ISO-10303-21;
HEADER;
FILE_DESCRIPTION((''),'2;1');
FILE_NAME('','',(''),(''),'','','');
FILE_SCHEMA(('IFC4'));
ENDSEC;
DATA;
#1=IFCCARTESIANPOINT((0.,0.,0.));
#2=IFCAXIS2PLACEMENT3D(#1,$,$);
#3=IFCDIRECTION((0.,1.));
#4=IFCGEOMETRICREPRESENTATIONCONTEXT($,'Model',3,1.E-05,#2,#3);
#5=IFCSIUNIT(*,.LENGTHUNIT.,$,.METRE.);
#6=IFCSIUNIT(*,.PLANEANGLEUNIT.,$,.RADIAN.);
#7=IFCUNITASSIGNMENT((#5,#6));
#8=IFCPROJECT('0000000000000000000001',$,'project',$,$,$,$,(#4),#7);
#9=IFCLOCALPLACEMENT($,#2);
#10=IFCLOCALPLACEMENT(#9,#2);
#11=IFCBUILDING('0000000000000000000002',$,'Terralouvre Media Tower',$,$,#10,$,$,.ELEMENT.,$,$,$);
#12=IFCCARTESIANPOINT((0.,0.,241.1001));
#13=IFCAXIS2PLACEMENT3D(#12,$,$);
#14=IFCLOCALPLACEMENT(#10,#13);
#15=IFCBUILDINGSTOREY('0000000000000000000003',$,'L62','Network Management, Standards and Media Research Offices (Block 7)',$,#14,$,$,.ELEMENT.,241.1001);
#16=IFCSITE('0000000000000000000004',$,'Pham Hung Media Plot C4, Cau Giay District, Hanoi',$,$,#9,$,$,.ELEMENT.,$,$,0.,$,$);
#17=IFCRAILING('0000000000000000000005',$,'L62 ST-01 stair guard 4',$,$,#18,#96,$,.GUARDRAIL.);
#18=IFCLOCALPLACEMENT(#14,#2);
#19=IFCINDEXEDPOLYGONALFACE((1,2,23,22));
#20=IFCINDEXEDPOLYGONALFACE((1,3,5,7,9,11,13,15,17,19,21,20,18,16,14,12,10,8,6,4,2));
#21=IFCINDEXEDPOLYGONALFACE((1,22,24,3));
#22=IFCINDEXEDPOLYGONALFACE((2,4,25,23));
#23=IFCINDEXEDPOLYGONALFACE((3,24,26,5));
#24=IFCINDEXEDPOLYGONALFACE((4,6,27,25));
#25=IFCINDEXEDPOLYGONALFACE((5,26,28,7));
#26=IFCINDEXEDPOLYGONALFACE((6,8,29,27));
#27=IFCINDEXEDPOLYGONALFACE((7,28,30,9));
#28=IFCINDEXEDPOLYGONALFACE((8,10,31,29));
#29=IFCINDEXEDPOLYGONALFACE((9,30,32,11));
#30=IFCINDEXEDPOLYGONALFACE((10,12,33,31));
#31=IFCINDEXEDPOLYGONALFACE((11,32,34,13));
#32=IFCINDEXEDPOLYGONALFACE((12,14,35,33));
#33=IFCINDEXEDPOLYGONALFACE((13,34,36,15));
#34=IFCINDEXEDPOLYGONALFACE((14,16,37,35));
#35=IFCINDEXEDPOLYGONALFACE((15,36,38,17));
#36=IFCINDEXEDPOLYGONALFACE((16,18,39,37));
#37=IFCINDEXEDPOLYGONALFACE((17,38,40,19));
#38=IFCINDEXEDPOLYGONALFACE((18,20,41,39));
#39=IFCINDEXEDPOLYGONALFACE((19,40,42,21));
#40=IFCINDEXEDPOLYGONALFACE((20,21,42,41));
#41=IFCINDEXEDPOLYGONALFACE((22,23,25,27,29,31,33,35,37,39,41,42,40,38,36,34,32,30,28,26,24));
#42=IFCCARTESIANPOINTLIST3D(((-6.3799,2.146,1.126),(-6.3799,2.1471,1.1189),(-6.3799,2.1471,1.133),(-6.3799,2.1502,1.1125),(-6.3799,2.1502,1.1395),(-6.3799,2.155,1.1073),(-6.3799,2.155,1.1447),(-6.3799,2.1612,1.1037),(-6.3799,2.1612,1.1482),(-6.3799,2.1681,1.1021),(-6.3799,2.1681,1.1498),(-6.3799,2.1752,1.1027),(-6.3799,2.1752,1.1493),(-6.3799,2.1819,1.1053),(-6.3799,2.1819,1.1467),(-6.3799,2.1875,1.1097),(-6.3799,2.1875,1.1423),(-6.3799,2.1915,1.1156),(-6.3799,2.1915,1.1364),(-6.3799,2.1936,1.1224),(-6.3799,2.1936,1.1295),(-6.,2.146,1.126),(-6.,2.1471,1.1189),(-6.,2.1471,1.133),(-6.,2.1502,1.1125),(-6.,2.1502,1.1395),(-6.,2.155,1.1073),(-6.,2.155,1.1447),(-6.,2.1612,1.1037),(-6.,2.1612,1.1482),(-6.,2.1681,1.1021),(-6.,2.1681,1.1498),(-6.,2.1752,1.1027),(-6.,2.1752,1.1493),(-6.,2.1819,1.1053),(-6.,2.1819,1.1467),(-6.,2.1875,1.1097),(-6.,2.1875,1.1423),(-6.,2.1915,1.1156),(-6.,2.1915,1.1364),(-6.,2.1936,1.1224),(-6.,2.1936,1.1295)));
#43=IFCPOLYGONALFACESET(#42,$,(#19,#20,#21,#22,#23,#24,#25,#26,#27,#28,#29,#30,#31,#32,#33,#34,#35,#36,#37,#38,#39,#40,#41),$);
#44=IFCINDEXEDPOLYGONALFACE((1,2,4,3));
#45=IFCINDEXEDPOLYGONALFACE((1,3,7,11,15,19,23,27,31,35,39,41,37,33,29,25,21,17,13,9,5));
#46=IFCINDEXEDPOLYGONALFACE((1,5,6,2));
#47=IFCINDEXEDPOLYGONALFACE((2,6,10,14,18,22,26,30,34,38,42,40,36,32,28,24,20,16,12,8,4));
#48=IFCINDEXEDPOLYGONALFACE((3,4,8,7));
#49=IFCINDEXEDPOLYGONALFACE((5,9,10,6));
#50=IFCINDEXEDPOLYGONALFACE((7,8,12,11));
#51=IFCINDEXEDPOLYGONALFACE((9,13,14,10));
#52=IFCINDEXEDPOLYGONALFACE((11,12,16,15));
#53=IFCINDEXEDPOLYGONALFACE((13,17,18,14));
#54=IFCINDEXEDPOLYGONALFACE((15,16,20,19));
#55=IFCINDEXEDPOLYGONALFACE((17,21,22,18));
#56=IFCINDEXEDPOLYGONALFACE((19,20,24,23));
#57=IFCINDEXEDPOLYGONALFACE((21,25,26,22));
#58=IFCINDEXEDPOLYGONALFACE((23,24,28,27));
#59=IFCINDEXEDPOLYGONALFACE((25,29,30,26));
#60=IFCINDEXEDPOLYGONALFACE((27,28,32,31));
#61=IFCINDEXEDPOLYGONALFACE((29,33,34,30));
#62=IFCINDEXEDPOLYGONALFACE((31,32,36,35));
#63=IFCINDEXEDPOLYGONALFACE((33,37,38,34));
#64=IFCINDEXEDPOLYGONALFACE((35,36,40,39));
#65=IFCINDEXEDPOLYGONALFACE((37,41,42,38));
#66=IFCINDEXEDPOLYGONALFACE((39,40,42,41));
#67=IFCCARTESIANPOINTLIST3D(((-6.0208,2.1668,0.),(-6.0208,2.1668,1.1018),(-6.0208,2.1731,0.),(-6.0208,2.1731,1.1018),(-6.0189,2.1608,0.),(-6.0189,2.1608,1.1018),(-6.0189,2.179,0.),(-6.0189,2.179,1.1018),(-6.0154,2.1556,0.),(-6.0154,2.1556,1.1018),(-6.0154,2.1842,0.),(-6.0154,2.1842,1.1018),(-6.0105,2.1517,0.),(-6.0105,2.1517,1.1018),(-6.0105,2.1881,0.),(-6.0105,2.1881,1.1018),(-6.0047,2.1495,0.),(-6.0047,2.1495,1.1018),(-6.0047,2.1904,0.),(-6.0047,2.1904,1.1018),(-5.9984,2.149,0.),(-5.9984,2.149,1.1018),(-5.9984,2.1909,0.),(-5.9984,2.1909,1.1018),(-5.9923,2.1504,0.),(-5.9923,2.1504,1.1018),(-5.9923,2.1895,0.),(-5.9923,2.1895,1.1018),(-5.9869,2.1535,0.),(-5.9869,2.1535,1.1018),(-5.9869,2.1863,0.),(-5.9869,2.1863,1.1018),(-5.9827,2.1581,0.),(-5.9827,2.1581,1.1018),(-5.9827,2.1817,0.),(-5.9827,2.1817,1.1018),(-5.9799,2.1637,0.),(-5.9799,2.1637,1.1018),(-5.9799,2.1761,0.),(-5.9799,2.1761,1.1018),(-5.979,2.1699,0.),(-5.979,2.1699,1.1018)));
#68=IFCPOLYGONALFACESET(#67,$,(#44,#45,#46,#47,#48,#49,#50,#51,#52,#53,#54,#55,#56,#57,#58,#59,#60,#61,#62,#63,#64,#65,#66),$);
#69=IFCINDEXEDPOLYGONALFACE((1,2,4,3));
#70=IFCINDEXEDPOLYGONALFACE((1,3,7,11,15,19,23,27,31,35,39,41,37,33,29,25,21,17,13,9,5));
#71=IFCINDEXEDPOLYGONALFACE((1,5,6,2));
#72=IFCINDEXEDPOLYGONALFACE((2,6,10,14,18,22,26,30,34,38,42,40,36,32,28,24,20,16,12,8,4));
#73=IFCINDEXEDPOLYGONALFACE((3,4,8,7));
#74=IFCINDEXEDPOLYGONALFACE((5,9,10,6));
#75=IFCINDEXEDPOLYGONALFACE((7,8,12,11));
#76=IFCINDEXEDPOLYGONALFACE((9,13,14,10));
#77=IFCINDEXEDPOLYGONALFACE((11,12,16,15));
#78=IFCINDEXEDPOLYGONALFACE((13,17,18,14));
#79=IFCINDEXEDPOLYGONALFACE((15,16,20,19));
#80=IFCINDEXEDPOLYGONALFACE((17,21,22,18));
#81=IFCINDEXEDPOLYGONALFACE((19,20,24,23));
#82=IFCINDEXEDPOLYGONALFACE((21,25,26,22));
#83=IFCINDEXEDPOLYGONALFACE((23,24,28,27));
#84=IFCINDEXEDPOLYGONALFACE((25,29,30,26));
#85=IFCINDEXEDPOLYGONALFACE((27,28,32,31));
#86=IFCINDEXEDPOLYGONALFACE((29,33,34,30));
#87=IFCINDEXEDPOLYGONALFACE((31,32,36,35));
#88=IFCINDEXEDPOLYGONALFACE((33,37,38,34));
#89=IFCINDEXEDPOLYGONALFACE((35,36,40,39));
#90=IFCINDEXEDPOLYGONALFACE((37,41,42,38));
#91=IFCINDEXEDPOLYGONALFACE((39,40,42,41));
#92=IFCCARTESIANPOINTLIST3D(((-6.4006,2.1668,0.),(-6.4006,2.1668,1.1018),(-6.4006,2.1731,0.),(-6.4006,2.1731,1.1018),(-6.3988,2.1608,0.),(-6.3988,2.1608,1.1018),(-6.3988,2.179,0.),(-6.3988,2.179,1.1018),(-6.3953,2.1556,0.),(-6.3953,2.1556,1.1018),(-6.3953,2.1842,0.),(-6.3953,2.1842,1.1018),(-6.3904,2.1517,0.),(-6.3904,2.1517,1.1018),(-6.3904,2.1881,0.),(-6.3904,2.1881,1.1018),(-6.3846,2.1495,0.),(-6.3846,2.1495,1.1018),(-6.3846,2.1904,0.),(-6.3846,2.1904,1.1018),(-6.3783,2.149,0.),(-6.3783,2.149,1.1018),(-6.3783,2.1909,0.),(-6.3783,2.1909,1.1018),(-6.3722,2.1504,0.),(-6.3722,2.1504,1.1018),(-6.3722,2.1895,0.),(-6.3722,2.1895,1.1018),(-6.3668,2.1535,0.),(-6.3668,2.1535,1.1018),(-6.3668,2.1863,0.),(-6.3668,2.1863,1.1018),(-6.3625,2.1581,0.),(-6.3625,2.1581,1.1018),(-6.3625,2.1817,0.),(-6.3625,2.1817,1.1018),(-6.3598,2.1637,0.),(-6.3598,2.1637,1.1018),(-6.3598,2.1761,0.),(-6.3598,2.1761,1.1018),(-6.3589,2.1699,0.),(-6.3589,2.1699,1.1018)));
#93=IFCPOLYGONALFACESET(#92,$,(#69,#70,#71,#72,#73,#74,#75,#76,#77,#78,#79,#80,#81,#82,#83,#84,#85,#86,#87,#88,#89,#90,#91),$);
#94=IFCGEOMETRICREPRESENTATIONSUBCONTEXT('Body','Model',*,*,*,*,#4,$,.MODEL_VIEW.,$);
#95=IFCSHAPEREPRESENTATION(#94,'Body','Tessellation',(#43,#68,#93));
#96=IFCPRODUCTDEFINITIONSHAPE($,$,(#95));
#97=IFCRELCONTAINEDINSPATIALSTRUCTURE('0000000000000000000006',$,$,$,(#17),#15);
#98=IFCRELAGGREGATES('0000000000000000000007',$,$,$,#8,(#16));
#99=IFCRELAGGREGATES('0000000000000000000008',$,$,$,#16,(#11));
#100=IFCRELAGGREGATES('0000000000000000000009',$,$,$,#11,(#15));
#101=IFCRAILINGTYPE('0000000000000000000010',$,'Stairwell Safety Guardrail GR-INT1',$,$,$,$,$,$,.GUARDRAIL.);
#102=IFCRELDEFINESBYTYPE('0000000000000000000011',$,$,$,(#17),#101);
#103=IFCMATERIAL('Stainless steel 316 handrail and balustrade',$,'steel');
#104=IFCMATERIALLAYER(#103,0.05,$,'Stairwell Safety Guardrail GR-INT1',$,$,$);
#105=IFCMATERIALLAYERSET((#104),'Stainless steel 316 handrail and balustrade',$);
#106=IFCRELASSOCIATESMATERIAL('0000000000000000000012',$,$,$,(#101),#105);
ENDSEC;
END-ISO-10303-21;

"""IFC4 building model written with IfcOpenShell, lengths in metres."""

from ifc_helpers import new_model, si_unit, direction, frame, origin, origin_2d, place, context, subcontext, project, spatial, circle, extrude, material, layer, layer_set, type_object, element, save


model = new_model("IFC4")

# Units and contexts
model_context = context("Model", 3, precision=1e-05, world=origin(), true_north=direction((0.0, 1.0)))
body_context = subcontext(model_context, "Body", "Model", "MODEL_VIEW")
ifc_project = project(units=[si_unit("LENGTHUNIT", "METRE"), si_unit("PLANEANGLEUNIT", "RADIAN")], contexts=[model_context])

# Site, building, storey
site_placement = place(None, origin())
site = spatial("IfcSite", under=ifc_project, at=site_placement, Name="Pham Hung Media Plot C4, Cau Giay District, Hanoi", CompositionType="ELEMENT", RefElevation=0.0)
building_placement = place(site_placement, origin())
building = spatial("IfcBuilding", under=site, at=building_placement, Name="Terralouvre Media Tower", CompositionType="ELEMENT")
storey_placement = place(building_placement, frame((0.0, 0.0, 241.1001)))
storey = spatial("IfcBuildingStorey", under=building, at=storey_placement, Name="L62", Description="Network Management, Standards and Media Research Offices (Block 7)", CompositionType="ELEMENT", Elevation=241.1001)

# Railing
ifc_material_1 = material(Name="Stainless steel 316 handrail and balustrade", Category="steel")
ifc_layer_1 = layer(ifc_material_1, 0.05, Name="Stairwell Safety Guardrail GR-INT1")
ifc_layer_set_1 = layer_set([ifc_layer_1], Name="Stainless steel 316 handrail and balustrade")
railing_type_1 = type_object("IfcRailingType", Name="Stairwell Safety Guardrail GR-INT1", PredefinedType="GUARDRAIL", material=ifc_layer_set_1)
railing_1_placement = place(storey_placement, frame((-6.0, 2.1699, 0.0)))
element("IfcRailing", 1, at=railing_1_placement, inside=storey, type_object=railing_type_1, Name="L62 ST-01 stair guard 4", PredefinedType="GUARDRAIL", context=body_context, shape_type="SweptSolid", body=[
    extrude(circle(Radius=0.0239, at=origin_2d()), frame((0.0, 0.0, 1.126), z_axis=(-1.0, 0.0, 0.0), x_axis=(0.0, -1.0, 0.0)), (0.0, 0.0, 1.0), 0.3799),
    extrude(circle(Radius=0.021, at=origin_2d()), origin(), (0.0, 0.0, 1.0), 1.1018),
    extrude(circle(Radius=0.021, at=origin_2d()), frame((-0.3799, 0.0, 0.0)), (0.0, 0.0, 1.0), 1.1018),
])

save(model, "model.ifc")
